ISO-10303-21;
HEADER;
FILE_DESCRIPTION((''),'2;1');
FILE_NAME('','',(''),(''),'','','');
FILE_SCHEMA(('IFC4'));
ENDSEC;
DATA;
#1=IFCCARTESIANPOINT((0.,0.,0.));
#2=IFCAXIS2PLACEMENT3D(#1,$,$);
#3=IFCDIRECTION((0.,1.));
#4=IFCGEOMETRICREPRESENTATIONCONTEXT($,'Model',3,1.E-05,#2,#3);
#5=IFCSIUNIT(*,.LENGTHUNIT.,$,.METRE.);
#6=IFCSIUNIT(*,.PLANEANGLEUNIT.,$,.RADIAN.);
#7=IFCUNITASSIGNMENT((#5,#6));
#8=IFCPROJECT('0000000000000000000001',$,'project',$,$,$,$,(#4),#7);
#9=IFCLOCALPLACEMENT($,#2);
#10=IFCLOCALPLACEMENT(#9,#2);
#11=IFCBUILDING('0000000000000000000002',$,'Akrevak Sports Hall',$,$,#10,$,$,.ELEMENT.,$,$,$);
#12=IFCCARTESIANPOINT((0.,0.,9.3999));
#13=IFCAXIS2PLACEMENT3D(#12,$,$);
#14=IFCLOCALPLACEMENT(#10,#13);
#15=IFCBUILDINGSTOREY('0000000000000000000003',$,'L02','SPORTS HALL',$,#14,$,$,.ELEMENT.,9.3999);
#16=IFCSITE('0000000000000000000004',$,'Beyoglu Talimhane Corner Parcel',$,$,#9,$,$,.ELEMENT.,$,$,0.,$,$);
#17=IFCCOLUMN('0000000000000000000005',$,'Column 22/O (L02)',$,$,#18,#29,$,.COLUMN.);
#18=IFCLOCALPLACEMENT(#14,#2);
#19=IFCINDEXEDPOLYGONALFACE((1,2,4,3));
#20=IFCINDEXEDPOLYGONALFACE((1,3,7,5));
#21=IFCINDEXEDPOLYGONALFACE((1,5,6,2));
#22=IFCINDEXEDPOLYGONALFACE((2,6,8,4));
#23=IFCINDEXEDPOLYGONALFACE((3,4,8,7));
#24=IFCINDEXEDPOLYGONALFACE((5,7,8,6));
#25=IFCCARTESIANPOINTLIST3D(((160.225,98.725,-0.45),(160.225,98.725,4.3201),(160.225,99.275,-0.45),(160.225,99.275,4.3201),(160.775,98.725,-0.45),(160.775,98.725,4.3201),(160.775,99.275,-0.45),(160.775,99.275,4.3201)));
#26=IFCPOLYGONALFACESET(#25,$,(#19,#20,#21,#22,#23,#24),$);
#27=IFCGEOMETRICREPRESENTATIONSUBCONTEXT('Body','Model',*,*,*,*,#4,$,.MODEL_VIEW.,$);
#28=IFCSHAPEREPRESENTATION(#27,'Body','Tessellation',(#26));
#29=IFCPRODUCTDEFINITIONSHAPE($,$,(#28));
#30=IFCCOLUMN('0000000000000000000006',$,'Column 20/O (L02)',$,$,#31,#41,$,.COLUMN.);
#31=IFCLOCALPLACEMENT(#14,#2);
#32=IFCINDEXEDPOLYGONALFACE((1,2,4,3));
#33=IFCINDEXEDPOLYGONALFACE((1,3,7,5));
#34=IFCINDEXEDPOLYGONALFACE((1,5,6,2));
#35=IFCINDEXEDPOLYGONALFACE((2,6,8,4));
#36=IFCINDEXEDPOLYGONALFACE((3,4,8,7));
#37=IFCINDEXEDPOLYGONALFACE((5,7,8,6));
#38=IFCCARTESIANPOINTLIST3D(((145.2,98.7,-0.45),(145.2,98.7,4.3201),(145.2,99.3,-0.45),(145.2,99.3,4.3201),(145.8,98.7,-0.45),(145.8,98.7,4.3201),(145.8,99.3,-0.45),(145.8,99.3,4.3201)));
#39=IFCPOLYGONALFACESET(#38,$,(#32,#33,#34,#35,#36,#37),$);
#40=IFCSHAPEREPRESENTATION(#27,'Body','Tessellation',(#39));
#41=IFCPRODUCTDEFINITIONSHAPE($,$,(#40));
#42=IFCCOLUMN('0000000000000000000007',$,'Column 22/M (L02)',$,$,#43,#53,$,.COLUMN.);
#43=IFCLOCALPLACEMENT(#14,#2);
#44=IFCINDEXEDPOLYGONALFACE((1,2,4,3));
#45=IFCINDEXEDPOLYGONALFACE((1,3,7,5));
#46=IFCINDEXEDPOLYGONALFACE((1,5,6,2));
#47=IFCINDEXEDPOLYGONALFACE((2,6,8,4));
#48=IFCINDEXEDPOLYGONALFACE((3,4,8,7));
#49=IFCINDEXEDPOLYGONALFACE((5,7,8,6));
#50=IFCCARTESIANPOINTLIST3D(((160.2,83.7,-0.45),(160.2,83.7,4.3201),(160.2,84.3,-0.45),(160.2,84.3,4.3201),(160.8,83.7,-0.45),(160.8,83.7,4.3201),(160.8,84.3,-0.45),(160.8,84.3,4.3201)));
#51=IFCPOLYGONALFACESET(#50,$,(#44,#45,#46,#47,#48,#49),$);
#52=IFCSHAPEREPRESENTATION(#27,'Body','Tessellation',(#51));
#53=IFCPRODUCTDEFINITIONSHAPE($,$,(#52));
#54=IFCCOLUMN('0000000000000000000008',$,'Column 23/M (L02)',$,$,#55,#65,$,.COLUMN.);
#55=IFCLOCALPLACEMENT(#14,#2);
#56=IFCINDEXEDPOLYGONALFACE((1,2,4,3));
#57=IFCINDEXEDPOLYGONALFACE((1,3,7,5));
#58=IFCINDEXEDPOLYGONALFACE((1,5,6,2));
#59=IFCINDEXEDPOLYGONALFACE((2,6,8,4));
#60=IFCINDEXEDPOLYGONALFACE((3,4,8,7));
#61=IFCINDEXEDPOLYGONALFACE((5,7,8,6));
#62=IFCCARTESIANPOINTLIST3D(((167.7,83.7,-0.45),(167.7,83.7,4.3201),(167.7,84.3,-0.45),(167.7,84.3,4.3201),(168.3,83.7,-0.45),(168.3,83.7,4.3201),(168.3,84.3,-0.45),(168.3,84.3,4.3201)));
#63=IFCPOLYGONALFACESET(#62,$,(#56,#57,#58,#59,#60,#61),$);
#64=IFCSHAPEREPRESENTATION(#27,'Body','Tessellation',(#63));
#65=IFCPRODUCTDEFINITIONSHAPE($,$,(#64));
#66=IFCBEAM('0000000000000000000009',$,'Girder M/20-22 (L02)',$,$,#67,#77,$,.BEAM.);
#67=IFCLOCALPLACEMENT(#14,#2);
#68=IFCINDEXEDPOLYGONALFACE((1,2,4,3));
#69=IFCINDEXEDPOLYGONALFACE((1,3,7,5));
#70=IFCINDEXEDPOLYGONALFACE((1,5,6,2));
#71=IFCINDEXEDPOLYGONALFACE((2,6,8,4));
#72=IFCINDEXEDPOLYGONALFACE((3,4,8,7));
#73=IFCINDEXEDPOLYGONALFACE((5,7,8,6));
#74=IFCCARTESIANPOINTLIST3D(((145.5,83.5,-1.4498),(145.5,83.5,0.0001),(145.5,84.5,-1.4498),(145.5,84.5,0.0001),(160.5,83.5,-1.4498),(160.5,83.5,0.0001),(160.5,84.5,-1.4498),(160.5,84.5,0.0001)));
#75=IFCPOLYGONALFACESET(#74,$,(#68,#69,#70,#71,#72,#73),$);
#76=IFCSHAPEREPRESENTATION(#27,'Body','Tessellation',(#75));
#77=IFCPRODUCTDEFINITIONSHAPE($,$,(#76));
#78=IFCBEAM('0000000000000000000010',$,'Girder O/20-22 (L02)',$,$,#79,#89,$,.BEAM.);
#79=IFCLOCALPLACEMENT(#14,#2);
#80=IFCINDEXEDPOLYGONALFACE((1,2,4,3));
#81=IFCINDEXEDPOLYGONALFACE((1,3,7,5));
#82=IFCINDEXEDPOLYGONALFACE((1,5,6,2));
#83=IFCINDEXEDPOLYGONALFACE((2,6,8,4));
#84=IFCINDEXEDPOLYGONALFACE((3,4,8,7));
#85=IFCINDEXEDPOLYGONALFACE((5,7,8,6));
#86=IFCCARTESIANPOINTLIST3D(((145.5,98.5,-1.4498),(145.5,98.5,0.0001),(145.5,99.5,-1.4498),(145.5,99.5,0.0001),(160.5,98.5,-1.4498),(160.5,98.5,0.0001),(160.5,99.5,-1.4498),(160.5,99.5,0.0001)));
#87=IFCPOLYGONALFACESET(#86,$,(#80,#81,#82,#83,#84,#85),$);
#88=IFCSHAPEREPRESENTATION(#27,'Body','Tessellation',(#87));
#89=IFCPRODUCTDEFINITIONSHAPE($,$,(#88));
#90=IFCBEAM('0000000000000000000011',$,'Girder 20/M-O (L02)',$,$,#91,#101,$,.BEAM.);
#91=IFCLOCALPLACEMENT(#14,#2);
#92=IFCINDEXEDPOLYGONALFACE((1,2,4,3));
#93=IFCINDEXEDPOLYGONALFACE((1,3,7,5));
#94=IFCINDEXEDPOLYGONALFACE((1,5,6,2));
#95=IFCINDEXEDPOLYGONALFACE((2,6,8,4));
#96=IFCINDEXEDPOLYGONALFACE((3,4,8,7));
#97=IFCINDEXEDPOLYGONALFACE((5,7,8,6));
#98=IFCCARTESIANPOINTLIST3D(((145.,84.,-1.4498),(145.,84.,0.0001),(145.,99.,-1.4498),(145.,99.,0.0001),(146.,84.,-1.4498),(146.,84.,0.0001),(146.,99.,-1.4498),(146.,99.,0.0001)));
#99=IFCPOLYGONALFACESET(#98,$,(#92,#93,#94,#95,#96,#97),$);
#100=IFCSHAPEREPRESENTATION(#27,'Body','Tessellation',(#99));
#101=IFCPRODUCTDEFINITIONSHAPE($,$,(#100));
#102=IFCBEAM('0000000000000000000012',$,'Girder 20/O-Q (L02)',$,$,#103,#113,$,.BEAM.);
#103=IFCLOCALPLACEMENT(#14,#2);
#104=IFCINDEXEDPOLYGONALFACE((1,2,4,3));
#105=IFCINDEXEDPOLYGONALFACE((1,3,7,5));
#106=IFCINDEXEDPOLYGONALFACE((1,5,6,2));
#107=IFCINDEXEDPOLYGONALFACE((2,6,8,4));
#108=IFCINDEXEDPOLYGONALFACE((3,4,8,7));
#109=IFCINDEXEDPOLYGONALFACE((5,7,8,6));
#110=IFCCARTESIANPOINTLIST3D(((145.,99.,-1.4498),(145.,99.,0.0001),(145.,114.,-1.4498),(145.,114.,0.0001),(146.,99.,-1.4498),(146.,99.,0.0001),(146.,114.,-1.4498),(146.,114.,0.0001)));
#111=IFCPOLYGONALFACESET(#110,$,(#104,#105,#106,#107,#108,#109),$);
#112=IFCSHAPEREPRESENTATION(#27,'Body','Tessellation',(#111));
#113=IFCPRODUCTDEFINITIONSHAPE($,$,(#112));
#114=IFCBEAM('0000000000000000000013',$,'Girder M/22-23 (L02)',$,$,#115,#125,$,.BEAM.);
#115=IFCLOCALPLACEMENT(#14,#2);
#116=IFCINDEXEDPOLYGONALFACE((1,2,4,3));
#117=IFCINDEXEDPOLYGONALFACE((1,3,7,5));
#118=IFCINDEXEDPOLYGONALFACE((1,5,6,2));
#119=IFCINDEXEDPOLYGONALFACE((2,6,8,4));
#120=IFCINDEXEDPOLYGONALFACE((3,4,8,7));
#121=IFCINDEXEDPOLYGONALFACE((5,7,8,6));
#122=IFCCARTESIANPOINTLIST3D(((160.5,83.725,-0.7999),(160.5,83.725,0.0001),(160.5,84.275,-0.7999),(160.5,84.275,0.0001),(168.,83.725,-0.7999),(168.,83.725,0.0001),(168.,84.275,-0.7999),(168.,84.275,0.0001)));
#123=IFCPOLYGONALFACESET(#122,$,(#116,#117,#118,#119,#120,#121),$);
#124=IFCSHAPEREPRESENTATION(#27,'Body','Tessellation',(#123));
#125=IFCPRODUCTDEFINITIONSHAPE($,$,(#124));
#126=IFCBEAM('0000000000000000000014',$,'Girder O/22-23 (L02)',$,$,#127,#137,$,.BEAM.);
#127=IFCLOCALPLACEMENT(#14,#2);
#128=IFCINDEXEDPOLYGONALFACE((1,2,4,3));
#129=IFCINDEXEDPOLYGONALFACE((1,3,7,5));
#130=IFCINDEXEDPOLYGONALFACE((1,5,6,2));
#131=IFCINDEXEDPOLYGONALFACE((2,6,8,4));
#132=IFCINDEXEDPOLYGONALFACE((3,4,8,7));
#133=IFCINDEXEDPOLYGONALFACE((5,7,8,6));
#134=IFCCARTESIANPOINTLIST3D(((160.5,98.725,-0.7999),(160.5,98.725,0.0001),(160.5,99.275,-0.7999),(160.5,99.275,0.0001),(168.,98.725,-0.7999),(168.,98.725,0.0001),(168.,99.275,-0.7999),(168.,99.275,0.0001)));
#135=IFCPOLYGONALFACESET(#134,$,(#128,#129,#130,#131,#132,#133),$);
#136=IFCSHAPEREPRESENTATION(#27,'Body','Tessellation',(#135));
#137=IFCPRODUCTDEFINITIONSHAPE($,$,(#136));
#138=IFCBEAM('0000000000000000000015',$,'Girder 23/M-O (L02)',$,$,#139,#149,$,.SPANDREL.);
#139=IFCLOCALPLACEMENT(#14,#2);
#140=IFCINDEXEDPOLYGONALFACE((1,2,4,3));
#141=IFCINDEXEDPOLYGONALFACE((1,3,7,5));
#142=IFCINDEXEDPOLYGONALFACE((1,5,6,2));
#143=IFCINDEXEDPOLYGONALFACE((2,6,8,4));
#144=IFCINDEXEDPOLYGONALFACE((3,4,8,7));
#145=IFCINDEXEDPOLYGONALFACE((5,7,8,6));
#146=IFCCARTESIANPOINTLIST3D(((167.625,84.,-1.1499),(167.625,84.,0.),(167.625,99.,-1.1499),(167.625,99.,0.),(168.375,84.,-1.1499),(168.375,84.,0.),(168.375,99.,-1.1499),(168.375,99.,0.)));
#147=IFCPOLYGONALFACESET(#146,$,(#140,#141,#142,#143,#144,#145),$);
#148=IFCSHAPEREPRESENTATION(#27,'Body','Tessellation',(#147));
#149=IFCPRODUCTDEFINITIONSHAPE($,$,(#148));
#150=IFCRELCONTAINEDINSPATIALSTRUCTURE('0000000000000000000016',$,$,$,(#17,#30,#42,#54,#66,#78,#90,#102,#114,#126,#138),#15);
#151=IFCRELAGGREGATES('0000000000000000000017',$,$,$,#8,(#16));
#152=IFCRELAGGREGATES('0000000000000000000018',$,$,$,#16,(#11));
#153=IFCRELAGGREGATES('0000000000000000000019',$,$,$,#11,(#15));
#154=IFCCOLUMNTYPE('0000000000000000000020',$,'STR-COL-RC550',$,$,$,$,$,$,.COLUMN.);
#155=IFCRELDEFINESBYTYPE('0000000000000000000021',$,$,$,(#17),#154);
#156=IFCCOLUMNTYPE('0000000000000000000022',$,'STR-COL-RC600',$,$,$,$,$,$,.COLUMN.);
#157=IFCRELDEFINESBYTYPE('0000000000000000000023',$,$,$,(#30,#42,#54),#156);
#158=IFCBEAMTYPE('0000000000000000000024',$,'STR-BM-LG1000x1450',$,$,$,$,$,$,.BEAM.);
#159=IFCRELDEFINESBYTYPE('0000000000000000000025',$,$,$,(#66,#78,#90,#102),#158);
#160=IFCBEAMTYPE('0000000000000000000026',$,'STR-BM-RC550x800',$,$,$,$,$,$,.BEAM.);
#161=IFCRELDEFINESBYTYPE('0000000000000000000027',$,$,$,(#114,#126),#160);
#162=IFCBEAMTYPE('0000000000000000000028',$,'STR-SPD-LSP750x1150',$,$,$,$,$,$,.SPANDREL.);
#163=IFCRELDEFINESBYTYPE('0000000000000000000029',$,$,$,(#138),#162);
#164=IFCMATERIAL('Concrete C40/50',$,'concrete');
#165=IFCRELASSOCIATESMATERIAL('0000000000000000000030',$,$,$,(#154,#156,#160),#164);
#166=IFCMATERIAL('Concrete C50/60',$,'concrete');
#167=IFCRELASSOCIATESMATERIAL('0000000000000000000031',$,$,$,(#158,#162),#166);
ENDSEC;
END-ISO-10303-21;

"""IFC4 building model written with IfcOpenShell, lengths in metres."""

from ifc_helpers import new_model, si_unit, direction, frame, origin, origin_2d, place, context, subcontext, project, spatial, rectangle, extrude, material, material_profile, profile_set, type_object, element, save


model = new_model("IFC4")

# Units and contexts
model_context = context("Model", 3, precision=1e-05, world=origin(), true_north=direction((0.0, 1.0)))
body_context = subcontext(model_context, "Body", "Model", "MODEL_VIEW")
ifc_project = project(units=[si_unit("LENGTHUNIT", "METRE"), si_unit("PLANEANGLEUNIT", "RADIAN")], contexts=[model_context])

# Site, building, storey
site_placement = place(None, origin())
site = spatial("IfcSite", under=ifc_project, at=site_placement, Name="Beyoglu Talimhane Corner Parcel", CompositionType="ELEMENT", RefElevation=0.0)
building_placement = place(site_placement, origin())
building = spatial("IfcBuilding", under=site, at=building_placement, Name="Akrevak Sports Hall", CompositionType="ELEMENT")
storey_placement = place(building_placement, frame((0.0, 0.0, 9.3999)))
storey = spatial("IfcBuildingStorey", under=building, at=storey_placement, Name="L02", Description="SPORTS HALL", CompositionType="ELEMENT", Elevation=9.3999)

# Columns
ifc_material_1 = material(Name="Concrete C40/50", Category="concrete")
ifc_material_profile_1 = material_profile(ifc_material_1, rectangle(XDim=0.55, YDim=0.55, at=origin_2d()), Name="RC 550x550", Category="concrete")
ifc_profile_set_1 = profile_set([ifc_material_profile_1], Name="Concrete C40/50")
column_type_1 = type_object("IfcColumnType", Name="STR-COL-RC550", PredefinedType="COLUMN", material=ifc_profile_set_1)
column_placement = place(storey_placement, frame((160.5, 99.0, -0.45), z_axis=(0.0, 0.0, 1.0), x_axis=(1.0, 0.0, 0.0)))
element("IfcColumn", 1, at=column_placement, inside=storey, type_object=column_type_1, Name="Column 22/O (L02)", PredefinedType="COLUMN", context=body_context, shape_type="SweptSolid", body=[
    extrude(rectangle(XDim=0.55, YDim=0.55, at=origin_2d()), origin(), (0.0, 0.0, 1.0), 4.77),
])
ifc_material_profile_2 = material_profile(ifc_material_1, rectangle(XDim=0.6001, YDim=0.6001, at=origin_2d()), Name="RC 600x600", Category="concrete")
ifc_profile_set_2 = profile_set([ifc_material_profile_2], Name="Concrete C40/50")
column_type_2 = type_object("IfcColumnType", Name="STR-COL-RC600", PredefinedType="COLUMN", material=ifc_profile_set_2)
for number, where, z_axis, x_axis, name in (
    (2, (145.5, 99.0, -0.45), (0.0, 0.0, 1.0), (1.0, 0.0, 0.0), "Column 20/O (L02)"),
    (3, (160.5, 84.0, -0.45), (0.0, 0.0, 1.0), (1.0, 0.0, 0.0), "Column 22/M (L02)"),
    (4, (168.0, 84.0, -0.45), (0.0, 0.0, 1.0), (1.0, 0.0, 0.0), "Column 23/M (L02)"),
):
    element("IfcColumn", number, at=place(storey_placement, frame(where, z_axis=z_axis, x_axis=x_axis)), inside=storey, type_object=column_type_2, Name=name, PredefinedType="COLUMN", context=body_context, shape_type="SweptSolid", body=[
        extrude(rectangle(XDim=0.6001, YDim=0.6001, at=origin_2d()), origin(), (0.0, 0.0, 1.0), 4.77),
    ])

# Beams
ifc_material_2 = material(Name="Concrete C50/60", Category="concrete")
ifc_material_profile_3 = material_profile(ifc_material_2, rectangle(XDim=1.0, YDim=1.45, at=origin_2d()), Name="BM 1000x1450", Category="concrete")
ifc_profile_set_3 = profile_set([ifc_material_profile_3], Name="Concrete C50/60")
beam_type_1 = type_object("IfcBeamType", Name="STR-BM-LG1000x1450", PredefinedType="BEAM", material=ifc_profile_set_3)
for number, where, z_axis, x_axis, name in (
    (5, (145.5, 84.0, -0.7249), (1.0, 0.0, 0.0), (0.0, 1.0, 0.0), "Girder M/20-22 (L02)"),
    (6, (145.5, 99.0, -0.7249), (1.0, 0.0, 0.0), (0.0, 1.0, 0.0), "Girder O/20-22 (L02)"),
    (7, (145.5, 84.0, -0.7249), (0.0, 1.0, 0.0), (-1.0, 0.0, 0.0), "Girder 20/M-O (L02)"),
    (8, (145.5, 99.0, -0.7249), (0.0, 1.0, 0.0), (-1.0, 0.0, 0.0), "Girder 20/O-Q (L02)"),
):
    element("IfcBeam", number, at=place(storey_placement, frame(where, z_axis=z_axis, x_axis=x_axis)), inside=storey, type_object=beam_type_1, Name=name, PredefinedType="BEAM", context=body_context, shape_type="SweptSolid", body=[
        extrude(rectangle(XDim=1.0, YDim=1.45, at=origin_2d()), origin(), (0.0, 0.0, 1.0), 15.0),
    ])
ifc_material_profile_4 = material_profile(ifc_material_1, rectangle(XDim=0.55, YDim=0.8, at=origin_2d()), Name="BM 550x800", Category="concrete")
ifc_profile_set_4 = profile_set([ifc_material_profile_4], Name="Concrete C40/50")
beam_type_2 = type_object("IfcBeamType", Name="STR-BM-RC550x800", PredefinedType="BEAM", material=ifc_profile_set_4)
for number, where, z_axis, x_axis, name in (
    (9, (160.5, 84.0, -0.3999), (1.0, 0.0, 0.0), (0.0, 1.0, 0.0), "Girder M/22-23 (L02)"),
    (10, (160.5, 99.0, -0.3999), (1.0, 0.0, 0.0), (0.0, 1.0, 0.0), "Girder O/22-23 (L02)"),
):
    element("IfcBeam", number, at=place(storey_placement, frame(where, z_axis=z_axis, x_axis=x_axis)), inside=storey, type_object=beam_type_2, Name=name, PredefinedType="BEAM", context=body_context, shape_type="SweptSolid", body=[
        extrude(rectangle(XDim=0.55, YDim=0.8, at=origin_2d()), origin(), (0.0, 0.0, 1.0), 7.5),
    ])
ifc_material_profile_5 = material_profile(ifc_material_2, rectangle(XDim=0.75, YDim=1.1499, at=origin_2d()), Name="SPD 750x1150", Category="concrete")
ifc_profile_set_5 = profile_set([ifc_material_profile_5], Name="Concrete C50/60")
beam_type_3 = type_object("IfcBeamType", Name="STR-SPD-LSP750x1150", PredefinedType="SPANDREL", material=ifc_profile_set_5)
beam_placement = place(storey_placement, frame((168.0, 84.0, -0.575), z_axis=(0.0, 1.0, 0.0), x_axis=(-1.0, 0.0, 0.0)))
element("IfcBeam", 11, at=beam_placement, inside=storey, type_object=beam_type_3, Name="Girder 23/M-O (L02)", PredefinedType="SPANDREL", context=body_context, shape_type="SweptSolid", body=[
    extrude(rectangle(XDim=0.75, YDim=1.1499, at=origin_2d()), origin(), (0.0, 0.0, 1.0), 15.0),
])

save(model, "model.ifc")
